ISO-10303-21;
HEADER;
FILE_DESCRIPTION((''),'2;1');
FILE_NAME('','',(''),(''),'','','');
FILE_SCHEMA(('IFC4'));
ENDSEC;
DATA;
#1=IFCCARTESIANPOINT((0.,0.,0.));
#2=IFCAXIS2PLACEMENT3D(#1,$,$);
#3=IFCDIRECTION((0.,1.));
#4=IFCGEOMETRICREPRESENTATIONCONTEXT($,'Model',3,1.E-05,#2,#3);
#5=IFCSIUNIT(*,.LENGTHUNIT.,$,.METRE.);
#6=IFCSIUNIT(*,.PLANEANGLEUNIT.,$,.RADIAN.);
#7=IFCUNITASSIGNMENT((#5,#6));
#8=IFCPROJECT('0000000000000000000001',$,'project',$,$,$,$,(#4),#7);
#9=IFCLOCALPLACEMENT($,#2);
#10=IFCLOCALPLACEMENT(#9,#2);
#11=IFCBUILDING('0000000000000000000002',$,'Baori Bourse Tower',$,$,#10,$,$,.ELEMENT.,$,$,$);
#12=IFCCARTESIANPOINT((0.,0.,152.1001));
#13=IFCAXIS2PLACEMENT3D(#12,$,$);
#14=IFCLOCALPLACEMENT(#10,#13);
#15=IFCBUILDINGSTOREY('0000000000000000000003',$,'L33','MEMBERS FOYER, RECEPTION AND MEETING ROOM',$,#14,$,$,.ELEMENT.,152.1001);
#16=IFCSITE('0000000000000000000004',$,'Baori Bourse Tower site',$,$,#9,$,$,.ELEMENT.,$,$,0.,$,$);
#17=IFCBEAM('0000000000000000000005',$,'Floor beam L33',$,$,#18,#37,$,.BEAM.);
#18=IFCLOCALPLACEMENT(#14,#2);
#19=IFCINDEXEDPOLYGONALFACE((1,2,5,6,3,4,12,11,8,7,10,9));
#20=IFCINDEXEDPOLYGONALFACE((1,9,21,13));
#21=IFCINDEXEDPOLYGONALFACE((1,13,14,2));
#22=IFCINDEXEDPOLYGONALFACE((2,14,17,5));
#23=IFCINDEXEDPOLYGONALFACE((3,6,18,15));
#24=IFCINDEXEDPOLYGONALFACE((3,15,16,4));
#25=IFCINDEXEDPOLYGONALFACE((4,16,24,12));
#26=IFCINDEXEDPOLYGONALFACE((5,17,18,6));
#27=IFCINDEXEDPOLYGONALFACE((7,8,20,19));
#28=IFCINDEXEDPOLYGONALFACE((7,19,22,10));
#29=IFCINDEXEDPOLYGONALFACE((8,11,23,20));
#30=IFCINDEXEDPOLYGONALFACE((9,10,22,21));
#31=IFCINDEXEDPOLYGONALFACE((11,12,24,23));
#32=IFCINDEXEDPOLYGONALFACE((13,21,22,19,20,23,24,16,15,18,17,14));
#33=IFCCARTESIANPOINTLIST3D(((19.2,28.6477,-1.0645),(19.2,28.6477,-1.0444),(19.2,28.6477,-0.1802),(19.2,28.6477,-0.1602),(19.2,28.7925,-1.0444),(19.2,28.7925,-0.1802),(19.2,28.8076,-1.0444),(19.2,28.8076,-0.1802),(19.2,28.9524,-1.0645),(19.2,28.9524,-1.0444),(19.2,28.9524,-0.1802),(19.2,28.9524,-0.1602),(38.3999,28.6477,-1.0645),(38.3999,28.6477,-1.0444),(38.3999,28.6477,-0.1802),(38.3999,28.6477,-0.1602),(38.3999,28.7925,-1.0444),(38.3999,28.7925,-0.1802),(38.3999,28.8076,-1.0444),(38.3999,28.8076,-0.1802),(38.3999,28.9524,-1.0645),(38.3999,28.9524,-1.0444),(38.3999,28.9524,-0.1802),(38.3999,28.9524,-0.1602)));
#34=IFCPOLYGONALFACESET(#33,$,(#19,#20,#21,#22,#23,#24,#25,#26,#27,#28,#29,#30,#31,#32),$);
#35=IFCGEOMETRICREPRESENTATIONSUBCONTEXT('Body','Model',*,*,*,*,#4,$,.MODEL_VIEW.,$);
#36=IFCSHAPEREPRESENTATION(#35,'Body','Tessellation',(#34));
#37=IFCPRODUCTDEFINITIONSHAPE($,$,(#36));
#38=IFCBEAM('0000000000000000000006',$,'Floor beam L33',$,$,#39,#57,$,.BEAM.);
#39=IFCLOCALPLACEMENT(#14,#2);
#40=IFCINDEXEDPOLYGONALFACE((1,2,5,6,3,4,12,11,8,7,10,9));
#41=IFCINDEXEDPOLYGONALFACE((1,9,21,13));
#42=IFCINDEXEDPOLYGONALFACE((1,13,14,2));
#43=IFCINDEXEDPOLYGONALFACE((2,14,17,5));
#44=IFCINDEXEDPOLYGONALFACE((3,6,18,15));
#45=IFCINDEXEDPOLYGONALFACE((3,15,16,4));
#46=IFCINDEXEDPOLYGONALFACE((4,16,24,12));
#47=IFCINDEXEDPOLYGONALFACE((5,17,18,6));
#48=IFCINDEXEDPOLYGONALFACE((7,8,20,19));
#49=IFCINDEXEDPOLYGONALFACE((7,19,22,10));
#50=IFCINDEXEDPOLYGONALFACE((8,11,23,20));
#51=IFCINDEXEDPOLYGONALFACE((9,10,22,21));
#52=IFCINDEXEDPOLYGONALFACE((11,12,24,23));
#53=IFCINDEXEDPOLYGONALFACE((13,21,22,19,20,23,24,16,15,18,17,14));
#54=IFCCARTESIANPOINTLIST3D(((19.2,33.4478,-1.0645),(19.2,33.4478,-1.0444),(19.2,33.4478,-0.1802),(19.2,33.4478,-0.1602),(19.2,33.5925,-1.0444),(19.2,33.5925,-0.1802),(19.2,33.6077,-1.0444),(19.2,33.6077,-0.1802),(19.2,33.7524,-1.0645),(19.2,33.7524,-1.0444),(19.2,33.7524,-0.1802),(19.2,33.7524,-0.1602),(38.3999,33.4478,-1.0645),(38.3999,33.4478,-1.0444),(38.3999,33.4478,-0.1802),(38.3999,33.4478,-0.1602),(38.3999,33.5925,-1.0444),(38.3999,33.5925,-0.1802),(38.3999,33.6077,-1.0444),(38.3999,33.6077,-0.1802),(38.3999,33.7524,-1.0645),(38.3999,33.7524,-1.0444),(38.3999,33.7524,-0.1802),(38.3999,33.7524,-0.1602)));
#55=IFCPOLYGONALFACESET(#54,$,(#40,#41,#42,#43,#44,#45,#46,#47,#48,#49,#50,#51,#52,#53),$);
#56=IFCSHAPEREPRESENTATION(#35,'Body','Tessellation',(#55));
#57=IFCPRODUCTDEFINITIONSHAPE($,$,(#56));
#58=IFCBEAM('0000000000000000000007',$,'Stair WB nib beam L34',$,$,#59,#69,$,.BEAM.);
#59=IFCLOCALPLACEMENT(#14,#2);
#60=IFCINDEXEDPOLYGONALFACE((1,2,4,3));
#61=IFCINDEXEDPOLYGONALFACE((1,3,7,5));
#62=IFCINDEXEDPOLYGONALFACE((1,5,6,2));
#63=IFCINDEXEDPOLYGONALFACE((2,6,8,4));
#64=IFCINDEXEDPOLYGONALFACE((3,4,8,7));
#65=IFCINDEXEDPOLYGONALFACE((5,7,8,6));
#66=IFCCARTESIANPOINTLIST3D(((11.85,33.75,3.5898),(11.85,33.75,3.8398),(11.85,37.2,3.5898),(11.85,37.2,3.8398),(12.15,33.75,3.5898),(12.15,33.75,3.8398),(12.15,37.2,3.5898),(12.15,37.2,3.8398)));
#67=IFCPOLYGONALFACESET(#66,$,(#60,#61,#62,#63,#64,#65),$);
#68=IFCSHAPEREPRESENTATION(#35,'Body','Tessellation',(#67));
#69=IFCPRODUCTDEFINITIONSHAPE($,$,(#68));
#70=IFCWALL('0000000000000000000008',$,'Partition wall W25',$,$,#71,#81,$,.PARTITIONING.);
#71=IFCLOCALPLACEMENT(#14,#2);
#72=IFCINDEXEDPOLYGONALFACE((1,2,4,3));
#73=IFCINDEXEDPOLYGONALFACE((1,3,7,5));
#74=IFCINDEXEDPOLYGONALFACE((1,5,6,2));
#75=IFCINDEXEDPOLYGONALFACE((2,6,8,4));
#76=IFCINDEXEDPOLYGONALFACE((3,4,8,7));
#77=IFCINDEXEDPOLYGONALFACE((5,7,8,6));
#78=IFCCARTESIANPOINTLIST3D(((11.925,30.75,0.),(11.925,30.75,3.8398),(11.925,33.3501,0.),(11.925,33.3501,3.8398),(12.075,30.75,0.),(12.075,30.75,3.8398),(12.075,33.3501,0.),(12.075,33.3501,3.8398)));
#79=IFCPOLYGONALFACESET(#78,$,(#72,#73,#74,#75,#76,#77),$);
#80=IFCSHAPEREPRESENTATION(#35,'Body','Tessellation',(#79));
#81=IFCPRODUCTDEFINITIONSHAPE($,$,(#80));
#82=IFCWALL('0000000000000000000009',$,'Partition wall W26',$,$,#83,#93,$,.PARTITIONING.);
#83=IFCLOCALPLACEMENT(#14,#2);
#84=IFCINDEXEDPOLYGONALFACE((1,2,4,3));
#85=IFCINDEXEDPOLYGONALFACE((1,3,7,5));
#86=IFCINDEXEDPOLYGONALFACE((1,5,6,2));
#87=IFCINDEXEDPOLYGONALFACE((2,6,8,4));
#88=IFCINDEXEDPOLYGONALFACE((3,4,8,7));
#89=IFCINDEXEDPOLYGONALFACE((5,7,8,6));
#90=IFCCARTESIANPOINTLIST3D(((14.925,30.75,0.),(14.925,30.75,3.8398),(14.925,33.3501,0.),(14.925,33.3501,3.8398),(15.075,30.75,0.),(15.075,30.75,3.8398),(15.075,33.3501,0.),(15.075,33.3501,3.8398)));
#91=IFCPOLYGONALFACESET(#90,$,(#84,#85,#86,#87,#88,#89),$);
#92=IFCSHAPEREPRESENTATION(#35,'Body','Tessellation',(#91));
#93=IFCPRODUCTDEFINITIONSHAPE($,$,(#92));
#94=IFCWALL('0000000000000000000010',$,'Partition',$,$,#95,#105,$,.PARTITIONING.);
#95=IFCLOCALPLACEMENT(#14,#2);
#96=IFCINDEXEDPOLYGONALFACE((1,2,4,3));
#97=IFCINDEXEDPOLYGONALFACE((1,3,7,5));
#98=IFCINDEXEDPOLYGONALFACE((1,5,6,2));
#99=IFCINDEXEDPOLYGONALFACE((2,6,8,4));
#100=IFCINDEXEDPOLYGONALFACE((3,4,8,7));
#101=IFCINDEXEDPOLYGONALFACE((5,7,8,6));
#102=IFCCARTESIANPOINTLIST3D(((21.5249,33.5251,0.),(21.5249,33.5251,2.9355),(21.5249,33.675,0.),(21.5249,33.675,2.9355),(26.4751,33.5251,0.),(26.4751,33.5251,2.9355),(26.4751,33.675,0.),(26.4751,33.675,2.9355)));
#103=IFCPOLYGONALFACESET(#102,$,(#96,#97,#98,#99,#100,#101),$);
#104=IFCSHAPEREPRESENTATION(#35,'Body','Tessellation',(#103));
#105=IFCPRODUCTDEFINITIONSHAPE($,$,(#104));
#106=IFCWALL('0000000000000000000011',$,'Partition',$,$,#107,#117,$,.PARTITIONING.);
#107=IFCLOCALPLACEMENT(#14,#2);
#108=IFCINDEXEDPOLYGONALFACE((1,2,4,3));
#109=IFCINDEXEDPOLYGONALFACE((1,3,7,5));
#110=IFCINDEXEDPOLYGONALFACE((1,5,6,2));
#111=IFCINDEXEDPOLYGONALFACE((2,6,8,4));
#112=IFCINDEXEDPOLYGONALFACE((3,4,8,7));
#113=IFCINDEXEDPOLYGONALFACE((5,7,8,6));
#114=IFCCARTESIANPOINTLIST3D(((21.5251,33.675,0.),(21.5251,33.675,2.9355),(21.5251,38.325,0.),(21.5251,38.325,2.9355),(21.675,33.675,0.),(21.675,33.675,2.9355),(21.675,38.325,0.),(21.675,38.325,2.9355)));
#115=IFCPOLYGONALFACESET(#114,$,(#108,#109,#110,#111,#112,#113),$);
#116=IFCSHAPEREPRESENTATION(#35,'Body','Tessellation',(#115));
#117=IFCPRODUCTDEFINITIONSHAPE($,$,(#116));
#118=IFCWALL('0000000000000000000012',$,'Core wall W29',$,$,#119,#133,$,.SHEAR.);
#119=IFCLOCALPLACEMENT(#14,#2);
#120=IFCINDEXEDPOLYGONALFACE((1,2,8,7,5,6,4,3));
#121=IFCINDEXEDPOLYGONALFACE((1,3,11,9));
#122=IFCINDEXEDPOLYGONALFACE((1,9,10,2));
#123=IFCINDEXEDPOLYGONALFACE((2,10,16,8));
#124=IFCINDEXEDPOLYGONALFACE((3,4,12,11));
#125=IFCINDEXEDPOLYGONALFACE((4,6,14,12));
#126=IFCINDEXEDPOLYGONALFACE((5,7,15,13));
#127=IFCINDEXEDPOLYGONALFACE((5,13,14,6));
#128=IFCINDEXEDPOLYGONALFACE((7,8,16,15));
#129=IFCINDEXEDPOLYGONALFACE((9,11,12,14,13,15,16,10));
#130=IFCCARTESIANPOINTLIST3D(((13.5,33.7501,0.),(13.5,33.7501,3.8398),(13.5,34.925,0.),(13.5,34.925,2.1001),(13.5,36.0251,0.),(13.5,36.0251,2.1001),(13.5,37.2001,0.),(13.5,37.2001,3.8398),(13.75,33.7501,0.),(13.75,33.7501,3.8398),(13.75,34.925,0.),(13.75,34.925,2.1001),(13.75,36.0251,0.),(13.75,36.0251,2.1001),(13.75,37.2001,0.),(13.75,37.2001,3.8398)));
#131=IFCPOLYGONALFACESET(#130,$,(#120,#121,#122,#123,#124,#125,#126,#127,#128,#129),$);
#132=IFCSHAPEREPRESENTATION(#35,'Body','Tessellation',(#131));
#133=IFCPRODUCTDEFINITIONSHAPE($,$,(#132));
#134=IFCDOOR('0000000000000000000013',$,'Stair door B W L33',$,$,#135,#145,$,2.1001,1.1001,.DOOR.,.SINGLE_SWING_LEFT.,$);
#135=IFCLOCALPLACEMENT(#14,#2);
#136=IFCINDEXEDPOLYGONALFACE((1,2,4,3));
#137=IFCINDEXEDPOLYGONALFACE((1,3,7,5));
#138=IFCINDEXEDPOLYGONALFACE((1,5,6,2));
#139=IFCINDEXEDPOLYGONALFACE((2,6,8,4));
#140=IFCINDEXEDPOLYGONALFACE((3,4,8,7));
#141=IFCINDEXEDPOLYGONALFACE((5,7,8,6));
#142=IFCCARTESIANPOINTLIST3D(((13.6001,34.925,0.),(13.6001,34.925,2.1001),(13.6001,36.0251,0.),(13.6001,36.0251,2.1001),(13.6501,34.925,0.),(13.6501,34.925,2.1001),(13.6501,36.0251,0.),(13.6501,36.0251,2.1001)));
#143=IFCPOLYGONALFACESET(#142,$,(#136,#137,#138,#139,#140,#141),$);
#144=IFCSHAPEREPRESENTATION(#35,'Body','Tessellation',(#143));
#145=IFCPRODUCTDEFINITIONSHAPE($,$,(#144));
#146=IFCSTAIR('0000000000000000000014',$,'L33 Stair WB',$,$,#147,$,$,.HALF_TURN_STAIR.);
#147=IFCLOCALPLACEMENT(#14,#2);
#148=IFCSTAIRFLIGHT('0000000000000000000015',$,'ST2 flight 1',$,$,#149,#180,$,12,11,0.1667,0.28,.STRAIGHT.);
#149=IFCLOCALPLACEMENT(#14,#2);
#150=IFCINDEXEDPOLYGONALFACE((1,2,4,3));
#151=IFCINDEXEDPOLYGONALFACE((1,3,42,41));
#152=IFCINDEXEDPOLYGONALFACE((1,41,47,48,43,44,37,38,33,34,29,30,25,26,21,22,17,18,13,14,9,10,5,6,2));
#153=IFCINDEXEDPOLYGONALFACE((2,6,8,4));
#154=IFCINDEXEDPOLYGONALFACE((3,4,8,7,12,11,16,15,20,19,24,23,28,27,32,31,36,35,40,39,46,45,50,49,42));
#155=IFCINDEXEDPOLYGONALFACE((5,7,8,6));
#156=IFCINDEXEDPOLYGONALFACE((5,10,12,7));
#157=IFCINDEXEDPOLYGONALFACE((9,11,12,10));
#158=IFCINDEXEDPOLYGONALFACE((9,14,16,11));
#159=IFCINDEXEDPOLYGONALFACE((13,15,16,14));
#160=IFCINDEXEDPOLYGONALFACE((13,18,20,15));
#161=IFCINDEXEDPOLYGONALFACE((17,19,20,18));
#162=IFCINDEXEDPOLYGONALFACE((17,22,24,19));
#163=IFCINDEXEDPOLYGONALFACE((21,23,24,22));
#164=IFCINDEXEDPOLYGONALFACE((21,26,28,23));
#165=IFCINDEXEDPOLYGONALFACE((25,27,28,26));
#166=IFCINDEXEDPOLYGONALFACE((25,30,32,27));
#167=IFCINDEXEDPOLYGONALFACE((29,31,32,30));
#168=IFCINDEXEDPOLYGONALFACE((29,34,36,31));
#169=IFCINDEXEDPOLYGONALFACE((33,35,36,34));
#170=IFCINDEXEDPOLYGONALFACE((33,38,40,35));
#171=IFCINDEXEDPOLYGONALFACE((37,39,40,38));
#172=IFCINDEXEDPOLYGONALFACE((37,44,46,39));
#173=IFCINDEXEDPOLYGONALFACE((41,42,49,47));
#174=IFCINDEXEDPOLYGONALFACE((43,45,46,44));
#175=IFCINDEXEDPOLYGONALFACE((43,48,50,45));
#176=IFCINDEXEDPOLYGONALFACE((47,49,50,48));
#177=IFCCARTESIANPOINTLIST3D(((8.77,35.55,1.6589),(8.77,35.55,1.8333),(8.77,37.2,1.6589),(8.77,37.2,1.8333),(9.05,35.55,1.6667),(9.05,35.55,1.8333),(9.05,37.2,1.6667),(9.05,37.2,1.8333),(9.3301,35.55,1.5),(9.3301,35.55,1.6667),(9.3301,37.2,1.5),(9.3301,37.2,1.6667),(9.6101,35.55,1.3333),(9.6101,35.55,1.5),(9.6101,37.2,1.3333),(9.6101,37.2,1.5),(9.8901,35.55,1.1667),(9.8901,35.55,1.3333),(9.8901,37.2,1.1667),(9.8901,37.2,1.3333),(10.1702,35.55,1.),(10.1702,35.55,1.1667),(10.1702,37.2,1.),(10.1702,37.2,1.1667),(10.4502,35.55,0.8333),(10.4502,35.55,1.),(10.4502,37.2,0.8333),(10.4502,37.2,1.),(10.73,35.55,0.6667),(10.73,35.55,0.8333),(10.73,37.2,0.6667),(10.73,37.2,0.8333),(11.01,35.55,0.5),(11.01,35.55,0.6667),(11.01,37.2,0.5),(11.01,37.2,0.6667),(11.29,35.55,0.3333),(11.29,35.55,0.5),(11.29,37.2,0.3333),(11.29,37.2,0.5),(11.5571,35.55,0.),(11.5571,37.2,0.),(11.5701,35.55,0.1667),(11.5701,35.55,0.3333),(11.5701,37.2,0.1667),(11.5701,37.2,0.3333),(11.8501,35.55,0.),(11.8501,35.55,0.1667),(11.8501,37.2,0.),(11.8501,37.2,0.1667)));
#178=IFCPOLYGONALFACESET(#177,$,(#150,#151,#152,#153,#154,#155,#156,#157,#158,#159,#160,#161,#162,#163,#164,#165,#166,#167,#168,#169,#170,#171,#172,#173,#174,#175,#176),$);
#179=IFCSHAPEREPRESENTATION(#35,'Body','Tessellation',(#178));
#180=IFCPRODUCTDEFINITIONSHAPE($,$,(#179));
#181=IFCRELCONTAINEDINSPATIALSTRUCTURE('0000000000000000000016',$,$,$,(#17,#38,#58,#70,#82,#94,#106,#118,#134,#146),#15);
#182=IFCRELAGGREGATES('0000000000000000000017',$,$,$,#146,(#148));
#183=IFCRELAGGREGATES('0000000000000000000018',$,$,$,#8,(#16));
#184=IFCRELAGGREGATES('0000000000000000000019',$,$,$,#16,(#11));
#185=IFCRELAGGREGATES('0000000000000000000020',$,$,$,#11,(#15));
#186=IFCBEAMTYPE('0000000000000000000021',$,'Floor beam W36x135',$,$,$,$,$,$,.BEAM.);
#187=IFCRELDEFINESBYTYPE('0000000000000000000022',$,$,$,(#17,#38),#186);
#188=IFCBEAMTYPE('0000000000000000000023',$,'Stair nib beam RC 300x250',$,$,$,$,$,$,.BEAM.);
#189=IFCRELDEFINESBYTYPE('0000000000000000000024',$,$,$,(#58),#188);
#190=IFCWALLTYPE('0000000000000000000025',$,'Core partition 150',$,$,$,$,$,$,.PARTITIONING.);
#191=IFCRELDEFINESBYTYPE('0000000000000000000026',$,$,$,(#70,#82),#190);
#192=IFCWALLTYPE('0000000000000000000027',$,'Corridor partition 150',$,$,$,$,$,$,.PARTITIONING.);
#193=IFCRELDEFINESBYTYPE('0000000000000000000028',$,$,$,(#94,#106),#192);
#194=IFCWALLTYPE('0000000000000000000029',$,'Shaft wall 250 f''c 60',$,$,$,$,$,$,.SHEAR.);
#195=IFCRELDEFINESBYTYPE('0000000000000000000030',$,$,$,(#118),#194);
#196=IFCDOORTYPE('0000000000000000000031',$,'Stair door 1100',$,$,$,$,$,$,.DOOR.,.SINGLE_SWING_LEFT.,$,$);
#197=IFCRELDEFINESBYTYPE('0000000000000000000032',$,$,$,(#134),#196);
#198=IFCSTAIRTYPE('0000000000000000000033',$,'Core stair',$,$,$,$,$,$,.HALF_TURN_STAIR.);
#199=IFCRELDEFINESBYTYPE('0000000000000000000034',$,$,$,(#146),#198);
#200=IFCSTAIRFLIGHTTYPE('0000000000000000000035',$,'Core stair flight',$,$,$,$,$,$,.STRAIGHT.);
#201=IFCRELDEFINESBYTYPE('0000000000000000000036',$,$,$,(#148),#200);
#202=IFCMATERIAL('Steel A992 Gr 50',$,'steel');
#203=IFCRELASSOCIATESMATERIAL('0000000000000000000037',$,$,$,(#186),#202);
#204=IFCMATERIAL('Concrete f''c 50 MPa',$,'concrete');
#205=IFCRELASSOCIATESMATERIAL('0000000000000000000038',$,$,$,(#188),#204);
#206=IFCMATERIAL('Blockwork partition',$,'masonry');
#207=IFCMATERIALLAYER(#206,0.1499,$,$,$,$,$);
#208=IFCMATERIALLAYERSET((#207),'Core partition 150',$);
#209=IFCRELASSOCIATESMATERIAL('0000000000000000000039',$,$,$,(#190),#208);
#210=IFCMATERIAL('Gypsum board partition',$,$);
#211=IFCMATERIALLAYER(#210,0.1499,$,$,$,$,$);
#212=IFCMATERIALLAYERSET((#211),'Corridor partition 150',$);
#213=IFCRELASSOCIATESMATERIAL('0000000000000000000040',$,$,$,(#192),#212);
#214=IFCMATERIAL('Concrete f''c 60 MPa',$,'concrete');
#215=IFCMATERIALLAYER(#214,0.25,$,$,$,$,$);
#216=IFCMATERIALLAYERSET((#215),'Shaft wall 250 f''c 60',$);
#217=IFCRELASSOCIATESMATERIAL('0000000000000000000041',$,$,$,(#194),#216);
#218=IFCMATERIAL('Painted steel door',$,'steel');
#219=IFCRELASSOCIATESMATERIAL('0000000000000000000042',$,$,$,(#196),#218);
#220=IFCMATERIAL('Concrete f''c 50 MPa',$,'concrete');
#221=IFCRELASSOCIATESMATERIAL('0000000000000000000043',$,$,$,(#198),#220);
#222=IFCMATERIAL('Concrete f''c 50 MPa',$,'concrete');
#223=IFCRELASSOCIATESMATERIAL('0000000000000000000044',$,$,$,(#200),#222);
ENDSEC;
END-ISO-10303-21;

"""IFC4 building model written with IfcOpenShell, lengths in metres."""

from ifc_helpers import new_model, si_unit, direction, frame, frame_2d, origin, origin_2d, place, context, subcontext, project, spatial, polyline, rectangle, i_section, outline, extrude, material, layer, layer_set, material_profile, profile_set, type_object, element, fill, aggregate, save


model = new_model("IFC4")

# Units and contexts
model_context = context("Model", 3, precision=1e-05, world=origin(), true_north=direction((0.0, 1.0)))
body_context = subcontext(model_context, "Body", "Model", "MODEL_VIEW")
ifc_project = project(units=[si_unit("LENGTHUNIT", "METRE"), si_unit("PLANEANGLEUNIT", "RADIAN")], contexts=[model_context])

# Site, building, storey
site_placement = place(None, origin())
site = spatial("IfcSite", under=ifc_project, at=site_placement, Name="Baori Bourse Tower site", CompositionType="ELEMENT", RefElevation=0.0)
building_placement = place(site_placement, origin())
building = spatial("IfcBuilding", under=site, at=building_placement, Name="Baori Bourse Tower", CompositionType="ELEMENT")
storey_placement = place(building_placement, frame((0.0, 0.0, 152.1001)))
storey = spatial("IfcBuildingStorey", under=building, at=storey_placement, Name="L33", Description="MEMBERS FOYER, RECEPTION AND MEETING ROOM", CompositionType="ELEMENT", Elevation=152.1001)

# Beams
ifc_material_1 = material(Name="Steel A992 Gr 50", Category="steel")
ifc_material_profile_1 = material_profile(ifc_material_1, i_section(OverallWidth=0.3047, OverallDepth=0.9043, WebThickness=0.0151, FlangeThickness=0.02, at=origin_2d()), Name="W36x135")
ifc_profile_set_1 = profile_set([ifc_material_profile_1], Name="Steel A992 Gr 50")
beam_type_1 = type_object("IfcBeamType", Name="Floor beam W36x135", PredefinedType="BEAM", material=ifc_profile_set_1)
for number, where, z_axis, x_axis, name in (
    (1, (19.2, 28.8, -0.6123), (1.0, 0.0, 0.0), (0.0, 1.0, 0.0), "Floor beam L33"),
    (2, (19.2, 33.6001, -0.6123), (1.0, 0.0, 0.0), (0.0, 1.0, 0.0), "Floor beam L33"),
):
    element("IfcBeam", number, at=place(storey_placement, frame(where, z_axis=z_axis, x_axis=x_axis)), inside=storey, type_object=beam_type_1, Name=name, PredefinedType="BEAM", context=body_context, shape_type="SweptSolid", body=[
        extrude(i_section(OverallWidth=0.3047, OverallDepth=0.9043, WebThickness=0.0151, FlangeThickness=0.02, at=origin_2d()), origin(), (0.0, 0.0, 1.0), 19.2),
    ])
ifc_material_2 = material(Name="Concrete f'c 50 MPa", Category="concrete")
ifc_material_profile_2 = material_profile(ifc_material_2, rectangle(XDim=0.3, YDim=0.25, at=origin_2d()), Name="RC 300x250")
ifc_profile_set_2 = profile_set([ifc_material_profile_2], Name="Concrete f'c 50 MPa")
beam_type_2 = type_object("IfcBeamType", Name="Stair nib beam RC 300x250", PredefinedType="BEAM", material=ifc_profile_set_2)
beam_placement = place(storey_placement, frame((12.0, 33.75, 3.7148), z_axis=(0.0, 1.0, 0.0), x_axis=(-1.0, 0.0, 0.0)))
element("IfcBeam", 3, at=beam_placement, inside=storey, type_object=beam_type_2, Name="Stair WB nib beam L34", PredefinedType="BEAM", context=body_context, shape_type="SweptSolid", body=[
    extrude(rectangle(XDim=0.3, YDim=0.25, at=origin_2d()), origin(), (0.0, 0.0, 1.0), 3.45),
])

# Walls
ifc_material_3 = material(Name="Blockwork partition", Category="masonry")
ifc_layer_1 = layer(ifc_material_3, 0.1499)
ifc_layer_set_1 = layer_set([ifc_layer_1], Name="Core partition 150")
wall_type_1 = type_object("IfcWallType", Name="Core partition 150", PredefinedType="PARTITIONING", material=ifc_layer_set_1)
for number, where, z_axis, x_axis, name in (
    (4, (12.0, 30.75, 0.0), (0.0, 0.0, 1.0), (0.0, 1.0, 0.0), "Partition wall W25"),
    (5, (15.0, 30.75, 0.0), (0.0, 0.0, 1.0), (0.0, 1.0, 0.0), "Partition wall W26"),
):
    element("IfcWall", number, at=place(storey_placement, frame(where, z_axis=z_axis, x_axis=x_axis)), inside=storey, type_object=wall_type_1, Name=name, PredefinedType="PARTITIONING", context=body_context, shape_type="SweptSolid", body=[
        extrude(rectangle(XDim=2.6001, YDim=0.1499, at=frame_2d((1.3, 0.0))), origin(), (0.0, 0.0, 1.0), 3.8398),
    ])
ifc_material_4 = material(Name="Gypsum board partition")
ifc_layer_2 = layer(ifc_material_4, 0.1499)
ifc_layer_set_2 = layer_set([ifc_layer_2], Name="Corridor partition 150")
wall_type_2 = type_object("IfcWallType", Name="Corridor partition 150", PredefinedType="PARTITIONING", material=ifc_layer_set_2)
wall_1_placement = place(storey_placement, frame((21.5249, 33.6001, 0.0), z_axis=(0.0, 0.0, 1.0), x_axis=(1.0, 0.0, 0.0)))
element("IfcWall", 6, at=wall_1_placement, inside=storey, type_object=wall_type_2, Name="Partition", PredefinedType="PARTITIONING", context=body_context, shape_type="SweptSolid", body=[
    extrude(rectangle(XDim=4.9502, YDim=0.1499, at=frame_2d((2.4751, 0.0))), origin(), (0.0, 0.0, 1.0), 2.9355),
])
wall_2_placement = place(storey_placement, frame((21.6001, 33.675, 0.0), z_axis=(0.0, 0.0, 1.0), x_axis=(0.0, 1.0, 0.0)))
element("IfcWall", 7, at=wall_2_placement, inside=storey, type_object=wall_type_2, Name="Partition", PredefinedType="PARTITIONING", context=body_context, shape_type="SweptSolid", body=[
    extrude(rectangle(XDim=4.6499, YDim=0.1499, at=frame_2d((2.325, 0.0))), origin(), (0.0, 0.0, 1.0), 2.9355),
])

# Wall, opening, door
ifc_material_5 = material(Name="Concrete f'c 60 MPa", Category="concrete")
ifc_layer_3 = layer(ifc_material_5, 0.25)
ifc_layer_set_3 = layer_set([ifc_layer_3], Name="Shaft wall 250 f'c 60")
wall_type_3 = type_object("IfcWallType", Name="Shaft wall 250 f'c 60", PredefinedType="SHEAR", material=ifc_layer_set_3)
wall_3_placement = place(storey_placement, frame((13.625, 33.75, 0.0), z_axis=(0.0, 0.0, 1.0), x_axis=(0.0, 1.0, 0.0)))
wall_3 = element("IfcWall", 8, at=wall_3_placement, inside=storey, type_object=wall_type_3, Name="Core wall W29", PredefinedType="SHEAR", context=body_context, shape_type="SweptSolid", body=[
    extrude(rectangle(XDim=3.45, YDim=0.25, at=frame_2d((1.7251, 0.0))), origin(), (0.0, 0.0, 1.0), 3.8398),
])
opening_placement = place(wall_3_placement, frame((1.175, 0.0, 0.0)))
opening = element("IfcOpeningElement", 9, at=opening_placement, cuts=wall_3, PredefinedType="OPENING", context=body_context, shape_type="SweptSolid", body=[
    extrude(rectangle(XDim=1.1001, YDim=2.1001, at=frame_2d((0.55, 1.05))), frame((0.0, 0.135, 0.0), z_axis=(0.0, -1.0, 0.0), x_axis=(1.0, 0.0, 0.0)), (0.0, 0.0, 1.0), 0.27),
])
ifc_material_6 = material(Name="Painted steel door", Category="steel")
door_type = type_object("IfcDoorType", Name="Stair door 1100", OperationType="SINGLE_SWING_LEFT", PredefinedType="DOOR", material=ifc_material_6)
door_placement = place(opening_placement, origin())
door = element("IfcDoor", 10, at=door_placement, inside=storey, type_object=door_type, Name="Stair door B W L33", OperationType="SINGLE_SWING_LEFT", OverallHeight=2.1001, OverallWidth=1.1001, PredefinedType="DOOR", context=body_context, shape_type="SweptSolid", body=[
    extrude(rectangle(XDim=1.1001, YDim=2.1001, at=frame_2d((0.55, 1.05))), frame((0.0, 0.0249, 0.0), z_axis=(0.0, -1.0, 0.0), x_axis=(1.0, 0.0, 0.0)), (0.0, 0.0, 1.0), 0.05),
])
fill(opening, door)

# Stair, stair flight
ifc_material_7 = material(Name="Concrete f'c 50 MPa", Category="concrete")
stair_type = type_object("IfcStairType", Name="Core stair", PredefinedType="HALF_TURN_STAIR", material=ifc_material_7)
stair_placement = place(storey_placement, origin())
stair = element("IfcStair", 11, at=stair_placement, inside=storey, type_object=stair_type, Name="L33 Stair WB", PredefinedType="HALF_TURN_STAIR")
ifc_material_8 = material(Name="Concrete f'c 50 MPa", Category="concrete")
stair_flight_type = type_object("IfcStairFlightType", Name="Core stair flight", PredefinedType="STRAIGHT", material=ifc_material_8)
stair_flight_1_placement = place(storey_placement, frame((11.8501, 36.375, 0.0), z_axis=(0.0, 0.0, 1.0), x_axis=(-1.0, 0.0, 0.0)))
stair_flight_1 = element("IfcStairFlight", 12, at=stair_flight_1_placement, type_object=stair_flight_type, Name="ST2 flight 1", NumberOfRisers=12, NumberOfTreads=11, PredefinedType="STRAIGHT", RiserHeight=0.1667, TreadLength=0.28, context=body_context, shape_type="SweptSolid", body=[
    extrude(outline(polyline([(0.0, 0.0), (0.0, 0.1667), (0.28, 0.1667), (0.28, 0.3333), (0.5601, 0.3333), (0.5601, 0.5), (0.8401, 0.5), (0.8401, 0.6667), (1.1201, 0.6667), (1.1201, 0.8333), (1.3999, 0.8333), (1.3999, 1.0), (1.6799, 1.0), (1.6799, 1.1667), (1.96, 1.1667), (1.96, 1.3333), (2.24, 1.3333), (2.24, 1.5), (2.52, 1.5), (2.52, 1.6667), (2.8, 1.6667), (2.8, 1.8333), (3.0801, 1.8333), (3.0801, 2.0), (3.0801, 1.6589), (0.293, 0.0), (0.0, 0.0)])), frame((0.0, 0.825, 0.0), z_axis=(0.0, -1.0, 0.0), x_axis=(1.0, 0.0, 0.0)), (0.0, 0.0, 1.0), 1.6499),
])
aggregate(stair, [stair_flight_1])

save(model, "model.ifc")
